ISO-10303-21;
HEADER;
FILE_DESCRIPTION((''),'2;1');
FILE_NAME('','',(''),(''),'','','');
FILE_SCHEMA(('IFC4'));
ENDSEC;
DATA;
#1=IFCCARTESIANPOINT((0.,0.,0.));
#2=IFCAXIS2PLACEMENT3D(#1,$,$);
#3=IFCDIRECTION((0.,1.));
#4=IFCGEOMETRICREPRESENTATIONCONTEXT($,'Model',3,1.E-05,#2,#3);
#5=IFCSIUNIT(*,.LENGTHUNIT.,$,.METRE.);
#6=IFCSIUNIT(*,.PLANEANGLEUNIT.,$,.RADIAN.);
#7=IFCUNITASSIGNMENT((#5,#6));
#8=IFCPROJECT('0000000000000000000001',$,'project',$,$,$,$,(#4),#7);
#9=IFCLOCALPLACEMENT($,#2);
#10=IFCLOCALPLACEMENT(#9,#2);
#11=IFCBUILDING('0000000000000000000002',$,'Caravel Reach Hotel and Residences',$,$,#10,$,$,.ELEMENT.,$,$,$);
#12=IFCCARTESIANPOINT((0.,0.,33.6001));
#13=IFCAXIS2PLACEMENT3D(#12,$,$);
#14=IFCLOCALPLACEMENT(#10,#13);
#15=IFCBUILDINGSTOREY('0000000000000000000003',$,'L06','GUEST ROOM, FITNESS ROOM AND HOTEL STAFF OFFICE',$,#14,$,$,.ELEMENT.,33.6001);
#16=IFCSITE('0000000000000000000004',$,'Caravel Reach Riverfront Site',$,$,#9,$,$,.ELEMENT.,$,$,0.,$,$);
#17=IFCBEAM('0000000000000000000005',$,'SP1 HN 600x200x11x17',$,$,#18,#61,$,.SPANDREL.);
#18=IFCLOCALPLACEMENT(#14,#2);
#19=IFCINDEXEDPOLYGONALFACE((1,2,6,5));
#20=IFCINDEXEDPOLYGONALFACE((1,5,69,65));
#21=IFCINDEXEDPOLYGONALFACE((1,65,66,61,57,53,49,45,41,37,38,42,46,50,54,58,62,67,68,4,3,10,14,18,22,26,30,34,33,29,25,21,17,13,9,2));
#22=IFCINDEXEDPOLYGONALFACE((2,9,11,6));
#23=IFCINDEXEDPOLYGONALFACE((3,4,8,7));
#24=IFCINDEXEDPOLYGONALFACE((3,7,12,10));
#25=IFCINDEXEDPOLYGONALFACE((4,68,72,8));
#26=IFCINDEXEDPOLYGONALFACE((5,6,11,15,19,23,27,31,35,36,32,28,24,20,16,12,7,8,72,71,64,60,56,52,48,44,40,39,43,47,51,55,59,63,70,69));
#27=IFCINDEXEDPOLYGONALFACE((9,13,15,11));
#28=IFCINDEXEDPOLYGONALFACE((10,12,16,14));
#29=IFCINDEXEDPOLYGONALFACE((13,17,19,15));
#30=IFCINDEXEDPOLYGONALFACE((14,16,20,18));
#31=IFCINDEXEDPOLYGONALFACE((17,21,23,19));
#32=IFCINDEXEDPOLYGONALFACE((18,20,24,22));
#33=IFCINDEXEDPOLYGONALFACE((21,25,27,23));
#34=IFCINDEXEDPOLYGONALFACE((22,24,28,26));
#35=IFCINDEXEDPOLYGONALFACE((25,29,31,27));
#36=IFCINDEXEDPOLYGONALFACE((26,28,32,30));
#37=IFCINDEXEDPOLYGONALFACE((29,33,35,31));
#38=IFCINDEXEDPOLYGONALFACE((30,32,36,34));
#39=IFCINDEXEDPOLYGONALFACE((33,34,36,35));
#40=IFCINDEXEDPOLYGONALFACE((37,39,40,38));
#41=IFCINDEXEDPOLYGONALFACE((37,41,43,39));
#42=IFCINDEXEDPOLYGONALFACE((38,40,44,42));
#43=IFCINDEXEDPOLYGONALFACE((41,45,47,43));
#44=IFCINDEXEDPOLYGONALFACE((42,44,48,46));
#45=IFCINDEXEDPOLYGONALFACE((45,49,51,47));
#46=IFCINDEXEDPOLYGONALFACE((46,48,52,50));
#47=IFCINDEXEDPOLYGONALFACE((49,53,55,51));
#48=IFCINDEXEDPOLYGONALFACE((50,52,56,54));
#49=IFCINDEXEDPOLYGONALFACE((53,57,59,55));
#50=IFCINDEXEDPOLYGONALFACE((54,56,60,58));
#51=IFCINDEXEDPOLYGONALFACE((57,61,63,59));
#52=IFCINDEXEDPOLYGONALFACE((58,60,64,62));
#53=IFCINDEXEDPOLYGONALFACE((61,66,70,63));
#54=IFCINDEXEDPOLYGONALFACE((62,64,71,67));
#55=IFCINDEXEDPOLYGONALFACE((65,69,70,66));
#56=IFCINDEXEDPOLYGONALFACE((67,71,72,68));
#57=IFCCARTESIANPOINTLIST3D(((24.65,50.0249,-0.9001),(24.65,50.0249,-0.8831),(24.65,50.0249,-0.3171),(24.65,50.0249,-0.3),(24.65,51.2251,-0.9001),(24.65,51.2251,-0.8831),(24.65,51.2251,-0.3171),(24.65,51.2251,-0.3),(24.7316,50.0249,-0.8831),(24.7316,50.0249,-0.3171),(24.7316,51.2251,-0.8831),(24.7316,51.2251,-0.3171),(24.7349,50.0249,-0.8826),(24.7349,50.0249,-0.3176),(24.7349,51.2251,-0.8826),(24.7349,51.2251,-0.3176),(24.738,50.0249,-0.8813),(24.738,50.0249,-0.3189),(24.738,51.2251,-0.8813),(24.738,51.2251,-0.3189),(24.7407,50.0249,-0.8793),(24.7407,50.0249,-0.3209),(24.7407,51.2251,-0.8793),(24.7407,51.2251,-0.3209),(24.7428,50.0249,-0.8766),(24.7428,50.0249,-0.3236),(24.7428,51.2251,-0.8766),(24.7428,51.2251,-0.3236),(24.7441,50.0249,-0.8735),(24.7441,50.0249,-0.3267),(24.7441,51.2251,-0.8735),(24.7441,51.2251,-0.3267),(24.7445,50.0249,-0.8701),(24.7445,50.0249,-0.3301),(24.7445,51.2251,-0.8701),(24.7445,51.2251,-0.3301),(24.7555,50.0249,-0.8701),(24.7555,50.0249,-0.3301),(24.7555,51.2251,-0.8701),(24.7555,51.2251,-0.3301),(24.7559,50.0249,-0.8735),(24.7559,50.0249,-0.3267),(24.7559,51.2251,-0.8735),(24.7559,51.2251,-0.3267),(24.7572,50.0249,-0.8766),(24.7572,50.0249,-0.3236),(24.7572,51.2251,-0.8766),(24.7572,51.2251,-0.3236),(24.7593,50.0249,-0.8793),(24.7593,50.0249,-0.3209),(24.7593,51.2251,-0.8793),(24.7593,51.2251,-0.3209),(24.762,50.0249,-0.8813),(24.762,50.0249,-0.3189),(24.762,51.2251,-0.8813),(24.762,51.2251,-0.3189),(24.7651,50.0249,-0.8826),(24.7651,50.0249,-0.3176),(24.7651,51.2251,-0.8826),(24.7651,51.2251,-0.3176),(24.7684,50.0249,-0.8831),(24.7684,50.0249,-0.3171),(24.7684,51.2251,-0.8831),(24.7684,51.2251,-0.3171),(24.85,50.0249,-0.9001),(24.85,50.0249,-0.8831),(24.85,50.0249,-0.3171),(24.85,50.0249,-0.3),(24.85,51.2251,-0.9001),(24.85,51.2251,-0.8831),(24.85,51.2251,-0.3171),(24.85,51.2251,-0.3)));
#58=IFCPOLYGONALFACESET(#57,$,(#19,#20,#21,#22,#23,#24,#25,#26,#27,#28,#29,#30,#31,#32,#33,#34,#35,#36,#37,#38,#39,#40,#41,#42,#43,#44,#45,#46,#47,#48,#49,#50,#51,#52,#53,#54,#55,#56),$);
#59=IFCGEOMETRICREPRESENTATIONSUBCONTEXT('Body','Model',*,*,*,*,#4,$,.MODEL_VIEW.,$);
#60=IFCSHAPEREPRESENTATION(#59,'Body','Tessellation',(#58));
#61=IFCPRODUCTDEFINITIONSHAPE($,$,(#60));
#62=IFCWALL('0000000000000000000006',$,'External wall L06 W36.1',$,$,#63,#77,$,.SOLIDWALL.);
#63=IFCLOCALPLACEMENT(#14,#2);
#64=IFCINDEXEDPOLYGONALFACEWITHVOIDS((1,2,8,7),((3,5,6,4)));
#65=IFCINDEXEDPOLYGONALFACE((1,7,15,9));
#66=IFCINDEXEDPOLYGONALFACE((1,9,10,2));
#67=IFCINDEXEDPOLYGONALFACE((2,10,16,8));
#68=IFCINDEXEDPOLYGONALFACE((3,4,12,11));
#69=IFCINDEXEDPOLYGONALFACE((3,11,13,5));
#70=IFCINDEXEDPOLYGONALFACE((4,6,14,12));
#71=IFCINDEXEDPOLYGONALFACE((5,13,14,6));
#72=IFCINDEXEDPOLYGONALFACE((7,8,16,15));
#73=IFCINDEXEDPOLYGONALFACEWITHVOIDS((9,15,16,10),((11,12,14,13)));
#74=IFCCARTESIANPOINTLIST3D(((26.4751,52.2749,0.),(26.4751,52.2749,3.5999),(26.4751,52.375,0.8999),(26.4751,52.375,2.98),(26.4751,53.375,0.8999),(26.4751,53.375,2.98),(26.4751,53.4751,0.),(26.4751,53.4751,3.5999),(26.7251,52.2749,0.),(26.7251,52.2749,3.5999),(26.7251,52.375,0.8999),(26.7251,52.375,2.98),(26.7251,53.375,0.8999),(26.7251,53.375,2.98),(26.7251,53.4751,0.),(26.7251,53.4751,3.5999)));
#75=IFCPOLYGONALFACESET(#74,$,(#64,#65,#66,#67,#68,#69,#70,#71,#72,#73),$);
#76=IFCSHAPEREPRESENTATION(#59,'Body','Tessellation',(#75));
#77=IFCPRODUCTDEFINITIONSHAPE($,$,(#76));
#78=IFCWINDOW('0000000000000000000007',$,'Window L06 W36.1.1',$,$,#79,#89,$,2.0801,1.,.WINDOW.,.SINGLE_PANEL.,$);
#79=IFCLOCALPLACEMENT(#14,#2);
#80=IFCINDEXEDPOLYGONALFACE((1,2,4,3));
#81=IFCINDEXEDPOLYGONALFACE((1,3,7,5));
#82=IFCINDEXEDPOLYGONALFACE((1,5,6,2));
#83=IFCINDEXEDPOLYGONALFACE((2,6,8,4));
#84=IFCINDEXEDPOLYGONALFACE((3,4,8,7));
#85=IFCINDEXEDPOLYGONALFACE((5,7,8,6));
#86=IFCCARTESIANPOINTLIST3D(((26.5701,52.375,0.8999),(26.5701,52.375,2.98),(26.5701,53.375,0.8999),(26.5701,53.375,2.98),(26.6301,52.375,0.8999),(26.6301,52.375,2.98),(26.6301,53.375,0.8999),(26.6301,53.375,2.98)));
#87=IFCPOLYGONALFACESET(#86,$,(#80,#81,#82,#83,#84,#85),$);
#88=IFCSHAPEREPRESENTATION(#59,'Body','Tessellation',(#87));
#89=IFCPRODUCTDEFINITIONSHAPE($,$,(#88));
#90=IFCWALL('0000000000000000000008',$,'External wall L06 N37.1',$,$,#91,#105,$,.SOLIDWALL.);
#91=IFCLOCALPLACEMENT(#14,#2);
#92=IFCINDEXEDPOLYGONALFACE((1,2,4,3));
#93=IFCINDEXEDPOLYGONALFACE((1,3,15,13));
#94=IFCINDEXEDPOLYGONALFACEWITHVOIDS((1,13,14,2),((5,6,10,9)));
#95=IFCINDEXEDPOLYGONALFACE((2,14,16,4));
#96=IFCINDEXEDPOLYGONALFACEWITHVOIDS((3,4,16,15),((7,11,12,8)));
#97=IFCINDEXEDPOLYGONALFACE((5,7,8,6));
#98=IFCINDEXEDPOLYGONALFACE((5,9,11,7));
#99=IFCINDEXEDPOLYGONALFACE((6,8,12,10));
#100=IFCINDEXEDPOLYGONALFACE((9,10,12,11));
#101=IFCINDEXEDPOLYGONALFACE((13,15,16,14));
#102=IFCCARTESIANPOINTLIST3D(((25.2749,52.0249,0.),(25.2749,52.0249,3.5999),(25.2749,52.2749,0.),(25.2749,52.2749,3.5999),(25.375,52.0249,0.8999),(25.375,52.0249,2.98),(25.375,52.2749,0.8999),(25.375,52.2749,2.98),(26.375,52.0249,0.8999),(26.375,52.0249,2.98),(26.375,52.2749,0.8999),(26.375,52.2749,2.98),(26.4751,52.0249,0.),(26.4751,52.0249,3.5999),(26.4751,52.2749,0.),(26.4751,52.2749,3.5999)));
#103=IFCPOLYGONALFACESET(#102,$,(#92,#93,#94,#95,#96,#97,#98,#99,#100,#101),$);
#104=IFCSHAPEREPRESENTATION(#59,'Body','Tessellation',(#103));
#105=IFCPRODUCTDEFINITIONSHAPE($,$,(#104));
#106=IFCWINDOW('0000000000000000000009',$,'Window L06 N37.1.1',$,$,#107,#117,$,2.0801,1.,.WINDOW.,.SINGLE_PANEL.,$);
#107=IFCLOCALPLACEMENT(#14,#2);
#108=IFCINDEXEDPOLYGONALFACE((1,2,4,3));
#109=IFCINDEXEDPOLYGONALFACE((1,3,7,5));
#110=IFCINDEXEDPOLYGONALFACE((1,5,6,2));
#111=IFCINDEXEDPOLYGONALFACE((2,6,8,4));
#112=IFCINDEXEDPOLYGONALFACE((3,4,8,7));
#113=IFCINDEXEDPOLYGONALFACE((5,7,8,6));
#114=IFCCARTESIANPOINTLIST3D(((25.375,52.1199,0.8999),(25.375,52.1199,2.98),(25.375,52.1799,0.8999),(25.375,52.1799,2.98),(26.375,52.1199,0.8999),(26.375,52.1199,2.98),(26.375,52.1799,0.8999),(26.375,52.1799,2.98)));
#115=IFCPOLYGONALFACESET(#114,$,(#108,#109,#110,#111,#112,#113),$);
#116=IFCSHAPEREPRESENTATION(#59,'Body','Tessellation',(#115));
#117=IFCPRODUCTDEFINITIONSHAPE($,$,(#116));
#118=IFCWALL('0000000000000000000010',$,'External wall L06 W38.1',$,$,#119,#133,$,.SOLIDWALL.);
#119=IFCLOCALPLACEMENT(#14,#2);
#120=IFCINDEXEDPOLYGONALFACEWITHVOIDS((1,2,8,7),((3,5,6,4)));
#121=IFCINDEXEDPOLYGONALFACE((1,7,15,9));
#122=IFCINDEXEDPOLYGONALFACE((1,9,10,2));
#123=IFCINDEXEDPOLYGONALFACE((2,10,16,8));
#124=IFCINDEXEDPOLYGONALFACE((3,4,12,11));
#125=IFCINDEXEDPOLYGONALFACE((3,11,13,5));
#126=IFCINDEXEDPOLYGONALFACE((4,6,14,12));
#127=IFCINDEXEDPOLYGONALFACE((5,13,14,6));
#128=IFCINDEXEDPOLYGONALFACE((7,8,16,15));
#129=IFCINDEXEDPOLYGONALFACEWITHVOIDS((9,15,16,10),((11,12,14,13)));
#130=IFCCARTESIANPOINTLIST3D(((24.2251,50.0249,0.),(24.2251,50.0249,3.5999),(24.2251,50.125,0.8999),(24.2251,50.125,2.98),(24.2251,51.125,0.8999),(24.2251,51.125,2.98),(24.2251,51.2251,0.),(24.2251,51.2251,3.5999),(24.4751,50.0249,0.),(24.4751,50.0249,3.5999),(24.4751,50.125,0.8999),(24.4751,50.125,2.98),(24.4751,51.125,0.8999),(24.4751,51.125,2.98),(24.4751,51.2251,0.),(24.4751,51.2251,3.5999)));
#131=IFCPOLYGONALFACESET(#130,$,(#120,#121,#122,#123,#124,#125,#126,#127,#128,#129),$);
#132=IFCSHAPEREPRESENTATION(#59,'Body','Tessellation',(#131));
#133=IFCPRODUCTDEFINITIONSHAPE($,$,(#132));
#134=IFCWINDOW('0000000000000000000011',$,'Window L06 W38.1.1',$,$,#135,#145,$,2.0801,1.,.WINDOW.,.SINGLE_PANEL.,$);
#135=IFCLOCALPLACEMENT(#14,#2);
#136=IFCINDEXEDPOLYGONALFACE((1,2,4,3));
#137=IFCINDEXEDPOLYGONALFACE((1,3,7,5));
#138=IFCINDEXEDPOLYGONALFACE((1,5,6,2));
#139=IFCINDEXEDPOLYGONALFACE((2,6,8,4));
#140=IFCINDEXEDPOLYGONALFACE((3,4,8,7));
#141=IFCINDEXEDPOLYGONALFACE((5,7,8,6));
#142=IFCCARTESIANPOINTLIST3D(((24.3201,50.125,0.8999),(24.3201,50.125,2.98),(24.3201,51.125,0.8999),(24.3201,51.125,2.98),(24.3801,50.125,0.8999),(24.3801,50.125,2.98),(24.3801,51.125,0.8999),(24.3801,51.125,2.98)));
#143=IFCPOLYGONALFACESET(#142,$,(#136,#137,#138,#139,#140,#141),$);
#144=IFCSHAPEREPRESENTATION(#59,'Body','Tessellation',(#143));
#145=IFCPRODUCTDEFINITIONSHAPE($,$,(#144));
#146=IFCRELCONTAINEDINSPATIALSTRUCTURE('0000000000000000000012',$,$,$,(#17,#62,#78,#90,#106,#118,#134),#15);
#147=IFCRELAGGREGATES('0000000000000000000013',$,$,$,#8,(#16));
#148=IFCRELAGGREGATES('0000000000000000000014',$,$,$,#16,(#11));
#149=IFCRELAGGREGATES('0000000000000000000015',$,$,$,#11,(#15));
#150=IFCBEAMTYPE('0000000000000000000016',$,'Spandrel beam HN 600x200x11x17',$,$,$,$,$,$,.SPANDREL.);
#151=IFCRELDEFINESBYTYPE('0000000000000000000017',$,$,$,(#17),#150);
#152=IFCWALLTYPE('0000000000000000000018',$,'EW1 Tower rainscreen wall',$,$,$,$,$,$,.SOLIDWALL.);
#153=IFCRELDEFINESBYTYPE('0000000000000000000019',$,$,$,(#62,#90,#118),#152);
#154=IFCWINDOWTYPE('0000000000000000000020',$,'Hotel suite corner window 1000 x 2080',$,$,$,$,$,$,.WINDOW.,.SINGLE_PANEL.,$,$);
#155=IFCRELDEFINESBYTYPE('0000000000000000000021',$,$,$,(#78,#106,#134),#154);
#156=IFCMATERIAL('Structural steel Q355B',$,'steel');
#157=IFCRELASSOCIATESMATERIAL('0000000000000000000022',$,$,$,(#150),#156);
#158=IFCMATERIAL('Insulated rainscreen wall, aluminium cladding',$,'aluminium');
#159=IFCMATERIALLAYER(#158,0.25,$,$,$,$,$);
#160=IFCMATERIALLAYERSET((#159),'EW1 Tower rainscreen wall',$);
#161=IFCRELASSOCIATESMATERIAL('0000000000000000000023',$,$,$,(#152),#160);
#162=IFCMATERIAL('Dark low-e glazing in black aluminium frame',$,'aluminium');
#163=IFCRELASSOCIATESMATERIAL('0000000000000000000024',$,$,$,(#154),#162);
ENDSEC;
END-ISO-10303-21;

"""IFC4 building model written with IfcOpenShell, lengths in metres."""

from ifc_helpers import new_model, si_unit, direction, frame, frame_2d, origin, origin_2d, place, context, subcontext, project, spatial, rectangle, i_section, extrude, material, layer, layer_set, material_profile, profile_set, type_object, element, fill, save


model = new_model("IFC4")

# Units and contexts
model_context = context("Model", 3, precision=1e-05, world=origin(), true_north=direction((0.0, 1.0)))
body_context = subcontext(model_context, "Body", "Model", "MODEL_VIEW")
ifc_project = project(units=[si_unit("LENGTHUNIT", "METRE"), si_unit("PLANEANGLEUNIT", "RADIAN")], contexts=[model_context])

# Site, building, storey
site_placement = place(None, origin())
site = spatial("IfcSite", under=ifc_project, at=site_placement, Name="Caravel Reach Riverfront Site", CompositionType="ELEMENT", RefElevation=0.0)
building_placement = place(site_placement, origin())
building = spatial("IfcBuilding", under=site, at=building_placement, Name="Caravel Reach Hotel and Residences", CompositionType="ELEMENT")
storey_placement = place(building_placement, frame((0.0, 0.0, 33.6001)))
storey = spatial("IfcBuildingStorey", under=building, at=storey_placement, Name="L06", Description="GUEST ROOM, FITNESS ROOM AND HOTEL STAFF OFFICE", CompositionType="ELEMENT", Elevation=33.6001)

# Beam
ifc_material_1 = material(Name="Structural steel Q355B", Category="steel")
ifc_material_profile_1 = material_profile(ifc_material_1, i_section(OverallWidth=0.2, OverallDepth=0.6001, WebThickness=0.011, FlangeThickness=0.0171, FilletRadius=0.0129, at=origin_2d()), Name="HN 600x200x11x17")
ifc_profile_set_1 = profile_set([ifc_material_profile_1], Name="Structural steel Q355B")
beam_type_1 = type_object("IfcBeamType", Name="Spandrel beam HN 600x200x11x17", PredefinedType="SPANDREL", material=ifc_profile_set_1)
for number, where, z_axis, x_axis, name in (
    (1, (24.75, 51.2251, -0.6001), (0.0, -1.0, 0.0), (1.0, 0.0, 0.0), "SP1 HN 600x200x11x17"),
):
    element("IfcBeam", number, at=place(storey_placement, frame(where, z_axis=z_axis, x_axis=x_axis)), inside=storey, type_object=beam_type_1, Name=name, PredefinedType="SPANDREL", context=body_context, shape_type="SweptSolid", body=[
        extrude(i_section(OverallWidth=0.2, OverallDepth=0.6001, WebThickness=0.011, FlangeThickness=0.0171, FilletRadius=0.0129, at=origin_2d()), origin(), (0.0, 0.0, 1.0), 1.2002),
    ])

# Walls, openings, windows
ifc_material_2 = material(Name="Insulated rainscreen wall, aluminium cladding", Category="aluminium")
ifc_layer = layer(ifc_material_2, 0.25)
ifc_layer_set = layer_set([ifc_layer], Name="EW1 Tower rainscreen wall")
wall_type = type_object("IfcWallType", Name="EW1 Tower rainscreen wall", PredefinedType="SOLIDWALL", material=ifc_layer_set)
wall_1_placement = place(storey_placement, frame((26.6001, 53.4751, 0.0), z_axis=(0.0, 0.0, 1.0), x_axis=(0.0, -1.0, 0.0)))
wall_1 = element("IfcWall", 2, at=wall_1_placement, inside=storey, type_object=wall_type, Name="External wall L06 W36.1", PredefinedType="SOLIDWALL", context=body_context, shape_type="SweptSolid", body=[
    extrude(rectangle(XDim=1.2002, YDim=0.25, at=frame_2d((0.6001, 0.0))), origin(), (0.0, 0.0, 1.0), 3.5999),
])
opening_1_placement = place(wall_1_placement, frame((0.1001, 0.0, 0.8999)))
opening_1 = element("IfcOpeningElement", 3, at=opening_1_placement, cuts=wall_1, PredefinedType="OPENING", context=body_context, shape_type="SweptSolid", body=[
    extrude(rectangle(XDim=1.0, YDim=2.0801, at=frame_2d((0.5, 1.04))), frame((0.0, 0.135, 0.0), z_axis=(0.0, -1.0, 0.0), x_axis=(1.0, 0.0, 0.0)), (0.0, 0.0, 1.0), 0.27),
])
ifc_material_3 = material(Name="Dark low-e glazing in black aluminium frame", Category="aluminium")
window_type = type_object("IfcWindowType", Name="Hotel suite corner window 1000 x 2080", PartitioningType="SINGLE_PANEL", PredefinedType="WINDOW", material=ifc_material_3)
window_1_placement = place(opening_1_placement, origin())
window_1 = element("IfcWindow", 4, at=window_1_placement, inside=storey, type_object=window_type, Name="Window L06 W36.1.1", OverallHeight=2.0801, OverallWidth=1.0, PartitioningType="SINGLE_PANEL", PredefinedType="WINDOW", context=body_context, shape_type="SweptSolid", body=[
    extrude(rectangle(XDim=1.0, YDim=2.0801, at=frame_2d((0.5, 1.04))), frame((0.0, 0.03, 0.0), z_axis=(0.0, -1.0, 0.0), x_axis=(1.0, 0.0, 0.0)), (0.0, 0.0, 1.0), 0.0601),
])
fill(opening_1, window_1)
wall_2_placement = place(storey_placement, frame((26.4751, 52.1499, 0.0), z_axis=(0.0, 0.0, 1.0), x_axis=(-1.0, 0.0, 0.0)))
wall_2 = element("IfcWall", 5, at=wall_2_placement, inside=storey, type_object=wall_type, Name="External wall L06 N37.1", PredefinedType="SOLIDWALL", context=body_context, shape_type="SweptSolid", body=[
    extrude(rectangle(XDim=1.2002, YDim=0.25, at=frame_2d((0.6001, 0.0))), origin(), (0.0, 0.0, 1.0), 3.5999),
])
opening_2_placement = place(wall_2_placement, frame((0.1001, 0.0, 0.8999)))
opening_2 = element("IfcOpeningElement", 6, at=opening_2_placement, cuts=wall_2, PredefinedType="OPENING", context=body_context, shape_type="SweptSolid", body=[
    extrude(rectangle(XDim=1.0, YDim=2.0801, at=frame_2d((0.5, 1.04))), frame((0.0, 0.135, 0.0), z_axis=(0.0, -1.0, 0.0), x_axis=(1.0, 0.0, 0.0)), (0.0, 0.0, 1.0), 0.27),
])
window_2_placement = place(opening_2_placement, origin())
window_2 = element("IfcWindow", 7, at=window_2_placement, inside=storey, type_object=window_type, Name="Window L06 N37.1.1", OverallHeight=2.0801, OverallWidth=1.0, PartitioningType="SINGLE_PANEL", PredefinedType="WINDOW", context=body_context, shape_type="SweptSolid", body=[
    extrude(rectangle(XDim=1.0, YDim=2.0801, at=frame_2d((0.5, 1.04))), frame((0.0, 0.03, 0.0), z_axis=(0.0, -1.0, 0.0), x_axis=(1.0, 0.0, 0.0)), (0.0, 0.0, 1.0), 0.0601),
])
fill(opening_2, window_2)
wall_3_placement = place(storey_placement, frame((24.3501, 51.2251, 0.0), z_axis=(0.0, 0.0, 1.0), x_axis=(0.0, -1.0, 0.0)))
wall_3 = element("IfcWall", 8, at=wall_3_placement, inside=storey, type_object=wall_type, Name="External wall L06 W38.1", PredefinedType="SOLIDWALL", context=body_context, shape_type="SweptSolid", body=[
    extrude(rectangle(XDim=1.2002, YDim=0.25, at=frame_2d((0.6001, 0.0))), origin(), (0.0, 0.0, 1.0), 3.5999),
])
opening_3_placement = place(wall_3_placement, frame((0.1001, 0.0, 0.8999)))
opening_3 = element("IfcOpeningElement", 9, at=opening_3_placement, cuts=wall_3, PredefinedType="OPENING", context=body_context, shape_type="SweptSolid", body=[
    extrude(rectangle(XDim=1.0, YDim=2.0801, at=frame_2d((0.5, 1.04))), frame((0.0, 0.135, 0.0), z_axis=(0.0, -1.0, 0.0), x_axis=(1.0, 0.0, 0.0)), (0.0, 0.0, 1.0), 0.27),
])
window_3_placement = place(opening_3_placement, origin())
window_3 = element("IfcWindow", 10, at=window_3_placement, inside=storey, type_object=window_type, Name="Window L06 W38.1.1", OverallHeight=2.0801, OverallWidth=1.0, PartitioningType="SINGLE_PANEL", PredefinedType="WINDOW", context=body_context, shape_type="SweptSolid", body=[
    extrude(rectangle(XDim=1.0, YDim=2.0801, at=frame_2d((0.5, 1.04))), frame((0.0, 0.03, 0.0), z_axis=(0.0, -1.0, 0.0), x_axis=(1.0, 0.0, 0.0)), (0.0, 0.0, 1.0), 0.0601),
])
fill(opening_3, window_3)

save(model, "model.ifc")
